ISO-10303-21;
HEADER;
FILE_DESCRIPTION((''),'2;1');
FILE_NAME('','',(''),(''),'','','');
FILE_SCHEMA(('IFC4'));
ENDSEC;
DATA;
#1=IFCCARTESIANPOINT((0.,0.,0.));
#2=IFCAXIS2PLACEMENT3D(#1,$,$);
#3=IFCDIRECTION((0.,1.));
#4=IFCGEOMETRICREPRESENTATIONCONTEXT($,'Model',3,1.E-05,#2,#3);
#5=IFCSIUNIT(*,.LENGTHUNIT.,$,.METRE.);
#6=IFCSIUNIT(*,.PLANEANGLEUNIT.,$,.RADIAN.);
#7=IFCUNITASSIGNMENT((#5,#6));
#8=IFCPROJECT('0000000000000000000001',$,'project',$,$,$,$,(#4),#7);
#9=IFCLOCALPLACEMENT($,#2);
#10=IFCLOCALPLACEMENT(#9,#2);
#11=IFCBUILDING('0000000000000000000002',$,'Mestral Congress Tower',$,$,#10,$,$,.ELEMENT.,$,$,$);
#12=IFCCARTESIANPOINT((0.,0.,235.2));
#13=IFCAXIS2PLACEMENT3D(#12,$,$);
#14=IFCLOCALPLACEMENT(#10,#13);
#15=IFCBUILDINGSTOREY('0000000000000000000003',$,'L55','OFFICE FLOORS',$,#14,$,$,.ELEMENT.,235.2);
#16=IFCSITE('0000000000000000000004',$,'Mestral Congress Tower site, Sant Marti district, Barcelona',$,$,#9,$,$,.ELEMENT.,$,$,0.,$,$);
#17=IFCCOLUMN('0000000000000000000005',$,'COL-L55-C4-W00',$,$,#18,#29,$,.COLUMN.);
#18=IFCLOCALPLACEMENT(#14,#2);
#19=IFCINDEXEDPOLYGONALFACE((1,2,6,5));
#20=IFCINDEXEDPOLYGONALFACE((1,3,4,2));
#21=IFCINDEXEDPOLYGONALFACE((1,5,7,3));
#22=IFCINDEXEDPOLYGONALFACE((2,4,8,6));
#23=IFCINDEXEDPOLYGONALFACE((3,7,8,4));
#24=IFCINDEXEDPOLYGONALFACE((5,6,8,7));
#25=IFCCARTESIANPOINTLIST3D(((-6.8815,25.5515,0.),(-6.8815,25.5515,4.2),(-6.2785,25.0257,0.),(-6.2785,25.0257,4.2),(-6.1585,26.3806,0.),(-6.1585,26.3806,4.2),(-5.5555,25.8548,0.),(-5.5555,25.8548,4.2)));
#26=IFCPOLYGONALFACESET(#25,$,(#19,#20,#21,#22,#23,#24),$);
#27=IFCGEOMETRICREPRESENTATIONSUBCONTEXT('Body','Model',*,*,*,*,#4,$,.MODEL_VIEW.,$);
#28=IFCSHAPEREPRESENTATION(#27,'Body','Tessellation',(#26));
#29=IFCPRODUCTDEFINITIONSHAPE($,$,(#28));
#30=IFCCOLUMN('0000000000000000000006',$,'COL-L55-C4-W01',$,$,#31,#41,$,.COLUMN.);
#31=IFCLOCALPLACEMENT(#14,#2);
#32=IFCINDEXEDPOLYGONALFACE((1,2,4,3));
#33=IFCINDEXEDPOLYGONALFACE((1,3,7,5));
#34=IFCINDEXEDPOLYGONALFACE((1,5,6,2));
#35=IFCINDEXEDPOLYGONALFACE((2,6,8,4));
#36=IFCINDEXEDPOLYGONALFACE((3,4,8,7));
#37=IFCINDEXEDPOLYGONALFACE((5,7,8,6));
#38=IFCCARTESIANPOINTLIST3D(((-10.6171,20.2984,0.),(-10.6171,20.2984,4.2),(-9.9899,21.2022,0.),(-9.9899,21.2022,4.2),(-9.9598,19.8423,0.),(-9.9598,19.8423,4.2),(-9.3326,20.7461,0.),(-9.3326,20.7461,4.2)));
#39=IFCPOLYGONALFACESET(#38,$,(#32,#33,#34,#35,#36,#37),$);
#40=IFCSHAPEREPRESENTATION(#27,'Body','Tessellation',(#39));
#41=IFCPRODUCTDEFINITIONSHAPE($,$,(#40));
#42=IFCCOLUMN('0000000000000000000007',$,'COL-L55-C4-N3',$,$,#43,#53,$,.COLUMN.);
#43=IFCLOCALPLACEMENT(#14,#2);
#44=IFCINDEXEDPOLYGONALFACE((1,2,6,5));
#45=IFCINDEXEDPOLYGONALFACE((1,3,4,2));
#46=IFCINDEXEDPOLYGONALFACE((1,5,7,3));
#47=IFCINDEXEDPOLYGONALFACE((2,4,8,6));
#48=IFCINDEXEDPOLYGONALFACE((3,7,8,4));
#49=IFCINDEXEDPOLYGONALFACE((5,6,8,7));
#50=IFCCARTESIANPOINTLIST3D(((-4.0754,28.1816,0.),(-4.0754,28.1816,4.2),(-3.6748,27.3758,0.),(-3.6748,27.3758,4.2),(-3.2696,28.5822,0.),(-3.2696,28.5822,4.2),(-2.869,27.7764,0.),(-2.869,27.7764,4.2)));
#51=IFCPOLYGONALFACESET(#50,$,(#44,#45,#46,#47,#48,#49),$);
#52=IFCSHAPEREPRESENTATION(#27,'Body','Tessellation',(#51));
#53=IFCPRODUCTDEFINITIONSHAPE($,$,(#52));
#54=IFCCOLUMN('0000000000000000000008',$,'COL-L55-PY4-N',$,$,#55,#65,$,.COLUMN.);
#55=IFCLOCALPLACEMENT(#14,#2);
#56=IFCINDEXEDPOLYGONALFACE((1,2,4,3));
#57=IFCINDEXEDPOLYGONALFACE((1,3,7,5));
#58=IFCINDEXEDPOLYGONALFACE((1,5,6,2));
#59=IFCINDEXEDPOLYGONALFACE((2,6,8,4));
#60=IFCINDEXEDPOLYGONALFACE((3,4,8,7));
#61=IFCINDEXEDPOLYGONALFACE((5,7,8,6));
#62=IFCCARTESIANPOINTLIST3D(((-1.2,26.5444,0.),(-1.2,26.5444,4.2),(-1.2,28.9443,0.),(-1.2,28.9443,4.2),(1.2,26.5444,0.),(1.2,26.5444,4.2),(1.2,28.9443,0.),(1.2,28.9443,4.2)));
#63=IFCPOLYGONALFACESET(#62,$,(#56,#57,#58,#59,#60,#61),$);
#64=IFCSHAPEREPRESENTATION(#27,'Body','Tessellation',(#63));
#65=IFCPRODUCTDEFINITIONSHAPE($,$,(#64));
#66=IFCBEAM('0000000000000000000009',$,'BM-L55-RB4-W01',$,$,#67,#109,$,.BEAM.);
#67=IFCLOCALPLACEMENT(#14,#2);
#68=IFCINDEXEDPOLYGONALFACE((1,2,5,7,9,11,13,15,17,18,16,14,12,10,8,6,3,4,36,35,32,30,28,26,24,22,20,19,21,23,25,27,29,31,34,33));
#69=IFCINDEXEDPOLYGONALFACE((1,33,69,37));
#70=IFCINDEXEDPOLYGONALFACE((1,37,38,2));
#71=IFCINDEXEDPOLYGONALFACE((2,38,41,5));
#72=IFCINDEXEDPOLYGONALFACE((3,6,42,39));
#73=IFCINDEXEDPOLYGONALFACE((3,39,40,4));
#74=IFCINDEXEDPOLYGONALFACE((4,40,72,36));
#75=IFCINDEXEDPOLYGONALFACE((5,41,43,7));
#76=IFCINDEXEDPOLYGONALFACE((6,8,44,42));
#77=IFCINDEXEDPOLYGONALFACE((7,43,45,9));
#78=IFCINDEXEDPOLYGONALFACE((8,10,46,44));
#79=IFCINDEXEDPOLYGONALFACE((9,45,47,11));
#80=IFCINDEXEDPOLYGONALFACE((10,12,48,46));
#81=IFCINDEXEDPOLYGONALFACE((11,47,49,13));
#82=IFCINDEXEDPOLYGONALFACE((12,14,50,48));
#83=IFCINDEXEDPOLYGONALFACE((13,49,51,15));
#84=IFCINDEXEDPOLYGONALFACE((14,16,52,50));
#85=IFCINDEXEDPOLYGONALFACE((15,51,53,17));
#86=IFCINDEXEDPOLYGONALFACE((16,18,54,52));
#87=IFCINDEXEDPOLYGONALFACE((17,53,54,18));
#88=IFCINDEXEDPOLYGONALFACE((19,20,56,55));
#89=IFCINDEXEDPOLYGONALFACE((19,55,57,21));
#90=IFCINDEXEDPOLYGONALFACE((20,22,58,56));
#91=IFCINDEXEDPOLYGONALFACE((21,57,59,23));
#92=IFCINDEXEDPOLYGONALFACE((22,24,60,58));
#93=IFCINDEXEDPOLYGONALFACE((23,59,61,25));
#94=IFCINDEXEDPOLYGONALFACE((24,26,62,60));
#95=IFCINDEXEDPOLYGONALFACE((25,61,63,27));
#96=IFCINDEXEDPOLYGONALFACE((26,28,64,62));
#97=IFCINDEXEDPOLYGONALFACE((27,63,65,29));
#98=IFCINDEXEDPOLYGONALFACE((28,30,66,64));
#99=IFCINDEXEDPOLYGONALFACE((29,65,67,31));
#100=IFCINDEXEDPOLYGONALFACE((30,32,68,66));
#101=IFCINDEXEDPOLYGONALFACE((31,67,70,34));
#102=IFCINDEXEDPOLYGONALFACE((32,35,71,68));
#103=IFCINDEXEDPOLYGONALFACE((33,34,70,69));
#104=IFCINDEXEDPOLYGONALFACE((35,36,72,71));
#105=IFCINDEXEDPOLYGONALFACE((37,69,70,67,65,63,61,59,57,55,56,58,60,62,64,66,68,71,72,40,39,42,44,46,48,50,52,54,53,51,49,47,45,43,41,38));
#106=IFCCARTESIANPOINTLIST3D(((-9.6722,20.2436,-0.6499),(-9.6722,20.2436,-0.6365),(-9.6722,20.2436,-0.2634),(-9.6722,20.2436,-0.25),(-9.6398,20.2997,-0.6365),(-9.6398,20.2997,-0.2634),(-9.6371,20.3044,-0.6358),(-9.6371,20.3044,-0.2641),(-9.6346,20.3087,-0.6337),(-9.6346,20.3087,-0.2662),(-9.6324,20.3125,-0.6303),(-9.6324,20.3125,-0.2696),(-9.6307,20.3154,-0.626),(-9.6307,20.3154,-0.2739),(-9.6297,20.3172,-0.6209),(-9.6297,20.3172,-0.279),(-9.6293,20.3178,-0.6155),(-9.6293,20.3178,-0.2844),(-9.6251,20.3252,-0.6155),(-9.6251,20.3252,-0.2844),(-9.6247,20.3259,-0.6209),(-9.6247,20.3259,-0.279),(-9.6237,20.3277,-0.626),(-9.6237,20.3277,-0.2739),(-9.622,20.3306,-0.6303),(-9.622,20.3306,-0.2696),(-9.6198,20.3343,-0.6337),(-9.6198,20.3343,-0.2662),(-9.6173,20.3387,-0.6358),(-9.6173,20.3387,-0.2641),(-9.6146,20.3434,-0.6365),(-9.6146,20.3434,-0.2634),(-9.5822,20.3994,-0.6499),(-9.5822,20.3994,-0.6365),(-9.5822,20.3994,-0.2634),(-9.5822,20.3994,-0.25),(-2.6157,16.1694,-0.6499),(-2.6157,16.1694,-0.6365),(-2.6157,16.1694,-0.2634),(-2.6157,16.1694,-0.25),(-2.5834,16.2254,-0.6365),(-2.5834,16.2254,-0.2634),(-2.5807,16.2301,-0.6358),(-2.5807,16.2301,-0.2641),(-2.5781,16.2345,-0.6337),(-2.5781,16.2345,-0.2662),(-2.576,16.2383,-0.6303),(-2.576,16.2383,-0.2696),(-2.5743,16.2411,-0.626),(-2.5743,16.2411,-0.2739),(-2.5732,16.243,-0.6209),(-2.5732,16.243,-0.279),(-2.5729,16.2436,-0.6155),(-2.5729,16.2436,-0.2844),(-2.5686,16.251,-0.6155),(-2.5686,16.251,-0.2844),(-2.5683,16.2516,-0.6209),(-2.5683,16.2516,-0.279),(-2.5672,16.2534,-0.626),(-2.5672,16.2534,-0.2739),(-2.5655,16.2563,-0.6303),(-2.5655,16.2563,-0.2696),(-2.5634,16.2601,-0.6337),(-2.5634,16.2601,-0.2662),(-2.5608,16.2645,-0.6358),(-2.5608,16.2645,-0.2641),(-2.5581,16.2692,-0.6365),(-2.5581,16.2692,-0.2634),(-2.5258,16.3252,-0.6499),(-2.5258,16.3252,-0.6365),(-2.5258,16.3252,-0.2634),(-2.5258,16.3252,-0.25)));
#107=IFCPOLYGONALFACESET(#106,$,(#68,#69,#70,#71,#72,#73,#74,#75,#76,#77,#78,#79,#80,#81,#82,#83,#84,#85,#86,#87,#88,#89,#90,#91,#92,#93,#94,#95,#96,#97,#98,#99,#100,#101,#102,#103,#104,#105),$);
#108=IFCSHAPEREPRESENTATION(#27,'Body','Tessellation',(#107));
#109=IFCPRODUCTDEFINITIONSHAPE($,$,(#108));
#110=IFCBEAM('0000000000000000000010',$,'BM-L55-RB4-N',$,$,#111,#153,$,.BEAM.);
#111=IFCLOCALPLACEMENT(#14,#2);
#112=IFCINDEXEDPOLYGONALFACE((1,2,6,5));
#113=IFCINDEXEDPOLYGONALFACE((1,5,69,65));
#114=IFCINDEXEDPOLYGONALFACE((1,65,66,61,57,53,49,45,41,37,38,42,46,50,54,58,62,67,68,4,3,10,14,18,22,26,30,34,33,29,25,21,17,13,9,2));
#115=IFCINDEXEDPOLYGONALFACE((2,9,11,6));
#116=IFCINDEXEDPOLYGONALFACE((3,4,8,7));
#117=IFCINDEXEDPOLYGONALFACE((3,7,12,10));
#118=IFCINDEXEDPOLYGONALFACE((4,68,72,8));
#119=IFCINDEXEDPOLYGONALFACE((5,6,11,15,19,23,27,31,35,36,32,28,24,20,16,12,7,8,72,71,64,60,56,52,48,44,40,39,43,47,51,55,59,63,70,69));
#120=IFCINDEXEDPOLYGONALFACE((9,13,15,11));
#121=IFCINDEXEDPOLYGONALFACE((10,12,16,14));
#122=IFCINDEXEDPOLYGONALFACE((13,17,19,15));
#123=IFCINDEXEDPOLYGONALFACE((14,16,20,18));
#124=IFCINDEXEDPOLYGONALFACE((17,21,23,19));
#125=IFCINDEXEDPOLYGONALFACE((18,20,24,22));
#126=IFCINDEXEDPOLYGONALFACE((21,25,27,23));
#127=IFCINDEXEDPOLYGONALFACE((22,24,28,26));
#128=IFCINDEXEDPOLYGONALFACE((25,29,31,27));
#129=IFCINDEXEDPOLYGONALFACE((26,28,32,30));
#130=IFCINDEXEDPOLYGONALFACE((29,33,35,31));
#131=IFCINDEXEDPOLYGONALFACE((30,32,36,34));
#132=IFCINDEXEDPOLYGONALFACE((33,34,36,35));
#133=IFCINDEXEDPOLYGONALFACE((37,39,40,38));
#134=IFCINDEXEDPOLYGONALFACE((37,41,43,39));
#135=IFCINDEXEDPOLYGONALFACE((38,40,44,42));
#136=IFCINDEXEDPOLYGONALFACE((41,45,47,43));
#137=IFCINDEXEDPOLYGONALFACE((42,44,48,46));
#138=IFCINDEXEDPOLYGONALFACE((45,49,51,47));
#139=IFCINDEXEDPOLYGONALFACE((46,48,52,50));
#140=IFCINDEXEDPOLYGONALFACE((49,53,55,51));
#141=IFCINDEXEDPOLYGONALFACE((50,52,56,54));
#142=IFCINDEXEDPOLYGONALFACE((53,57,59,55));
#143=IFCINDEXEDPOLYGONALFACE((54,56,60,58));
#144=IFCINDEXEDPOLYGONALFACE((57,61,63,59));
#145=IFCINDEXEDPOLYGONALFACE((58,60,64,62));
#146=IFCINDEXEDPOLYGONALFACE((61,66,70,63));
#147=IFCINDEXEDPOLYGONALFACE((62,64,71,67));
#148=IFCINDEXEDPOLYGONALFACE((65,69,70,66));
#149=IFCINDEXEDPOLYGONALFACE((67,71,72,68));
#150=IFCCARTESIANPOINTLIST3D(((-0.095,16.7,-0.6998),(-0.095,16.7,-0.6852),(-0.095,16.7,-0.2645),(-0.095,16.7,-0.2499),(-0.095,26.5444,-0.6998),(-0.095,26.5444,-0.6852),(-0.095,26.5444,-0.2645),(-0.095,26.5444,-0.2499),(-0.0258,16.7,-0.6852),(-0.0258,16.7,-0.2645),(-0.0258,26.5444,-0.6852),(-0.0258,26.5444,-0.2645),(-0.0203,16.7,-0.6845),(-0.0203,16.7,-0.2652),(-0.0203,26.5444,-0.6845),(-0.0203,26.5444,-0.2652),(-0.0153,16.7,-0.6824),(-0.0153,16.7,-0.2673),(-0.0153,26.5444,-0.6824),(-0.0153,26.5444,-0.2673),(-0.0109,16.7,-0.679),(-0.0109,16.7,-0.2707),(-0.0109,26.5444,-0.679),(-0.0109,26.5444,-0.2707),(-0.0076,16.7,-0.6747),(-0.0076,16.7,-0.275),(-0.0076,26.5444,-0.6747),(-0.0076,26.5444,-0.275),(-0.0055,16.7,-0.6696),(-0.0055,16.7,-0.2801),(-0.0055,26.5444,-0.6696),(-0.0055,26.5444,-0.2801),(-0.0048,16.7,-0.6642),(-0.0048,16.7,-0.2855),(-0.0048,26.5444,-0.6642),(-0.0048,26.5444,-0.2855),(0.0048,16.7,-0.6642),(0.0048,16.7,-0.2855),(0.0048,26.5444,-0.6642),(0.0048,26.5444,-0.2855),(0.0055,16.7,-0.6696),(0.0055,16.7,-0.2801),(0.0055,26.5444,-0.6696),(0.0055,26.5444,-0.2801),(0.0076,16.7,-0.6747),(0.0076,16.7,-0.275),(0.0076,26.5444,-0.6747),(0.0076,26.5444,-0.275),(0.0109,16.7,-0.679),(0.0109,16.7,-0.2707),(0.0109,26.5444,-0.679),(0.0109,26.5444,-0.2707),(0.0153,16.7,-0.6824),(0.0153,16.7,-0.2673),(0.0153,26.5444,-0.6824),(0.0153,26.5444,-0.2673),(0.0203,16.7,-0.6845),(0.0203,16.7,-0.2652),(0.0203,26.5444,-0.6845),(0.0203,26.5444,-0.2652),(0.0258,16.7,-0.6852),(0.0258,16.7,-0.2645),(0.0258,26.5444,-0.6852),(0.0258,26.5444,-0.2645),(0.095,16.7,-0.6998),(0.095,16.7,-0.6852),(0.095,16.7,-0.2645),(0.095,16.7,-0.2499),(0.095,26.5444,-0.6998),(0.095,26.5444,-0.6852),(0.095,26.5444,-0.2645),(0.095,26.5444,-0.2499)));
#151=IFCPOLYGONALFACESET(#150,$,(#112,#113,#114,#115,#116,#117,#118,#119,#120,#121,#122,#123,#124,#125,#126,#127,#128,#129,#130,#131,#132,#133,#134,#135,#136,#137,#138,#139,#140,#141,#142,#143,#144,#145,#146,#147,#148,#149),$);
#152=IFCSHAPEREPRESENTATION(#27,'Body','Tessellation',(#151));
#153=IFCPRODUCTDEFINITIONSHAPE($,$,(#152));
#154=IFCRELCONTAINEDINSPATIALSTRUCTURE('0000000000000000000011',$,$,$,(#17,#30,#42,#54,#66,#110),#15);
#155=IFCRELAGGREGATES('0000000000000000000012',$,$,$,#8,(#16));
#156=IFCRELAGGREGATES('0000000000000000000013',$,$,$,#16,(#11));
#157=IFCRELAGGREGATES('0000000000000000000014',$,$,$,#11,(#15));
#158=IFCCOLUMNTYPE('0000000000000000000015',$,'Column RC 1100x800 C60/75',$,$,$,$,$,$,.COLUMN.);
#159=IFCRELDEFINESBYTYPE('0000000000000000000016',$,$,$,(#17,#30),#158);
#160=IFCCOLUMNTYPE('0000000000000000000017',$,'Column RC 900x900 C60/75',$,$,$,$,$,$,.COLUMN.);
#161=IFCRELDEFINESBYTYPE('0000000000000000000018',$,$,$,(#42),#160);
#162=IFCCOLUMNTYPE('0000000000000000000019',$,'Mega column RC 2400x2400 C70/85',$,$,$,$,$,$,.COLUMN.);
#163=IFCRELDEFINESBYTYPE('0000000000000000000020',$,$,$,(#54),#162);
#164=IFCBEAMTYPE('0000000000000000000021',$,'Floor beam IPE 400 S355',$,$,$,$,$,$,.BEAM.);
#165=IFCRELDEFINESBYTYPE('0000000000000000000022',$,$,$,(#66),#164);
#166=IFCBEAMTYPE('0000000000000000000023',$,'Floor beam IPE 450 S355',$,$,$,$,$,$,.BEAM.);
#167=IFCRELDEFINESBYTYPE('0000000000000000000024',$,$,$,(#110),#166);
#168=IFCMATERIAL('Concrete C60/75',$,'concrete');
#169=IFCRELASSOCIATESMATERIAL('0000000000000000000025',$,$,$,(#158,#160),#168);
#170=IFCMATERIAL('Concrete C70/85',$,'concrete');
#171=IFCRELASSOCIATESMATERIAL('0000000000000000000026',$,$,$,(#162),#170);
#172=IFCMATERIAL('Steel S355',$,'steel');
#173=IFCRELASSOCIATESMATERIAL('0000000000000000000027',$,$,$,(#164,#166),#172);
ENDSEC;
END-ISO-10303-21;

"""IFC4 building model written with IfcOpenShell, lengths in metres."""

from ifc_helpers import new_model, si_unit, direction, frame, origin, origin_2d, place, context, subcontext, project, spatial, rectangle, i_section, extrude, material, material_profile, profile_set, type_object, element, save


model = new_model("IFC4")

# Units and contexts
model_context = context("Model", 3, precision=1e-05, world=origin(), true_north=direction((0.0, 1.0)))
body_context = subcontext(model_context, "Body", "Model", "MODEL_VIEW")
ifc_project = project(units=[si_unit("LENGTHUNIT", "METRE"), si_unit("PLANEANGLEUNIT", "RADIAN")], contexts=[model_context])

# Site, building, storey
site_placement = place(None, origin())
site = spatial("IfcSite", under=ifc_project, at=site_placement, Name="Mestral Congress Tower site, Sant Marti district, Barcelona", CompositionType="ELEMENT", RefElevation=0.0)
building_placement = place(site_placement, origin())
building = spatial("IfcBuilding", under=site, at=building_placement, Name="Mestral Congress Tower", CompositionType="ELEMENT")
storey_placement = place(building_placement, frame((0.0, 0.0, 235.2)))
storey = spatial("IfcBuildingStorey", under=building, at=storey_placement, Name="L55", Description="OFFICE FLOORS", CompositionType="ELEMENT", Elevation=235.2)

# Columns
ifc_material_1 = material(Name="Concrete C60/75", Category="concrete")
ifc_material_profile_1 = material_profile(ifc_material_1, rectangle(XDim=1.1001, YDim=0.8, at=origin_2d()), Name="RC 1100x800")
ifc_profile_set_1 = profile_set([ifc_material_profile_1], Name="Concrete C60/75")
column_type_1 = type_object("IfcColumnType", Name="Column RC 1100x800 C60/75", PredefinedType="COLUMN", material=ifc_profile_set_1)
for number, where, z_axis, x_axis, name in (
    (1, (-6.2185, 25.7031, 0.0), (0.0, 0.0, 1.0), (-0.65725, -0.753672, 0.0), "COL-L55-C4-W00"),
    (2, (-9.9749, 20.5222, 0.0), (0.0, 0.0, 1.0), (-0.570084, -0.821586, 0.0), "COL-L55-C4-W01"),
):
    element("IfcColumn", number, at=place(storey_placement, frame(where, z_axis=z_axis, x_axis=x_axis)), inside=storey, type_object=column_type_1, Name=name, PredefinedType="COLUMN", context=body_context, shape_type="SweptSolid", body=[
        extrude(rectangle(XDim=1.1001, YDim=0.8, at=origin_2d()), origin(), (0.0, 0.0, 1.0), 4.2),
    ])
ifc_material_profile_2 = material_profile(ifc_material_1, rectangle(XDim=0.8999, YDim=0.8999, at=origin_2d()), Name="RC 900x900")
ifc_profile_set_2 = profile_set([ifc_material_profile_2], Name="Concrete C60/75")
column_type_2 = type_object("IfcColumnType", Name="Column RC 900x900 C60/75", PredefinedType="COLUMN", material=ifc_profile_set_2)
column_1_placement = place(storey_placement, frame((-3.4722, 27.979, 0.0), z_axis=(0.0, 0.0, 1.0), x_axis=(-0.895456, -0.445149, 0.0)))
element("IfcColumn", 3, at=column_1_placement, inside=storey, type_object=column_type_2, Name="COL-L55-C4-N3", PredefinedType="COLUMN", context=body_context, shape_type="SweptSolid", body=[
    extrude(rectangle(XDim=0.8999, YDim=0.8999, at=origin_2d()), origin(), (0.0, 0.0, 1.0), 4.2),
])
ifc_material_2 = material(Name="Concrete C70/85", Category="concrete")
ifc_material_profile_3 = material_profile(ifc_material_2, rectangle(XDim=2.3999, YDim=2.3999, at=origin_2d()), Name="RC 2400x2400")
ifc_profile_set_3 = profile_set([ifc_material_profile_3], Name="Concrete C70/85")
column_type_3 = type_object("IfcColumnType", Name="Mega column RC 2400x2400 C70/85", PredefinedType="COLUMN", material=ifc_profile_set_3)
column_2_placement = place(storey_placement, frame((0.0, 27.7444, 0.0), z_axis=(0.0, 0.0, 1.0), x_axis=(0.0, 1.0, 0.0)))
element("IfcColumn", 4, at=column_2_placement, inside=storey, type_object=column_type_3, Name="COL-L55-PY4-N", PredefinedType="COLUMN", context=body_context, shape_type="SweptSolid", body=[
    extrude(rectangle(XDim=2.3999, YDim=2.3999, at=origin_2d()), origin(), (0.0, 0.0, 1.0), 4.2),
])

# Beams
ifc_material_3 = material(Name="Steel S355", Category="steel")
ifc_material_profile_4 = material_profile(ifc_material_3, i_section(OverallWidth=0.1799, OverallDepth=0.3999, WebThickness=0.0085, FlangeThickness=0.0134, FilletRadius=0.021, at=origin_2d()), Name="IPE 400")
ifc_profile_set_4 = profile_set([ifc_material_profile_4], Name="Steel S355")
beam_type_1 = type_object("IfcBeamType", Name="Floor beam IPE 400 S355", PredefinedType="BEAM", material=ifc_profile_set_4)
beam_1_placement = place(storey_placement, frame((-9.6272, 20.3215, -0.45), z_axis=(0.866014, -0.500019, 0.0), x_axis=(0.500019, 0.866014, 0.0)))
element("IfcBeam", 5, at=beam_1_placement, inside=storey, type_object=beam_type_1, Name="BM-L55-RB4-W01", PredefinedType="BEAM", context=body_context, shape_type="SweptSolid", body=[
    extrude(i_section(OverallWidth=0.1799, OverallDepth=0.3999, WebThickness=0.0085, FlangeThickness=0.0134, FilletRadius=0.021, at=origin_2d()), origin(), (0.0, 0.0, 1.0), 8.1482),
])
ifc_material_profile_5 = material_profile(ifc_material_3, i_section(OverallWidth=0.1899, OverallDepth=0.45, WebThickness=0.0095, FlangeThickness=0.0146, FilletRadius=0.021, at=origin_2d()), Name="IPE 450")
ifc_profile_set_5 = profile_set([ifc_material_profile_5], Name="Steel S355")
beam_type_2 = type_object("IfcBeamType", Name="Floor beam IPE 450 S355", PredefinedType="BEAM", material=ifc_profile_set_5)
beam_2_placement = place(storey_placement, frame((0.0, 26.5444, -0.4749), z_axis=(0.0, -1.0, 0.0), x_axis=(1.0, 0.0, 0.0)))
element("IfcBeam", 6, at=beam_2_placement, inside=storey, type_object=beam_type_2, Name="BM-L55-RB4-N", PredefinedType="BEAM", context=body_context, shape_type="SweptSolid", body=[
    extrude(i_section(OverallWidth=0.1899, OverallDepth=0.45, WebThickness=0.0095, FlangeThickness=0.0146, FilletRadius=0.021, at=origin_2d()), origin(), (0.0, 0.0, 1.0), 9.8445),
])

save(model, "model.ifc")
